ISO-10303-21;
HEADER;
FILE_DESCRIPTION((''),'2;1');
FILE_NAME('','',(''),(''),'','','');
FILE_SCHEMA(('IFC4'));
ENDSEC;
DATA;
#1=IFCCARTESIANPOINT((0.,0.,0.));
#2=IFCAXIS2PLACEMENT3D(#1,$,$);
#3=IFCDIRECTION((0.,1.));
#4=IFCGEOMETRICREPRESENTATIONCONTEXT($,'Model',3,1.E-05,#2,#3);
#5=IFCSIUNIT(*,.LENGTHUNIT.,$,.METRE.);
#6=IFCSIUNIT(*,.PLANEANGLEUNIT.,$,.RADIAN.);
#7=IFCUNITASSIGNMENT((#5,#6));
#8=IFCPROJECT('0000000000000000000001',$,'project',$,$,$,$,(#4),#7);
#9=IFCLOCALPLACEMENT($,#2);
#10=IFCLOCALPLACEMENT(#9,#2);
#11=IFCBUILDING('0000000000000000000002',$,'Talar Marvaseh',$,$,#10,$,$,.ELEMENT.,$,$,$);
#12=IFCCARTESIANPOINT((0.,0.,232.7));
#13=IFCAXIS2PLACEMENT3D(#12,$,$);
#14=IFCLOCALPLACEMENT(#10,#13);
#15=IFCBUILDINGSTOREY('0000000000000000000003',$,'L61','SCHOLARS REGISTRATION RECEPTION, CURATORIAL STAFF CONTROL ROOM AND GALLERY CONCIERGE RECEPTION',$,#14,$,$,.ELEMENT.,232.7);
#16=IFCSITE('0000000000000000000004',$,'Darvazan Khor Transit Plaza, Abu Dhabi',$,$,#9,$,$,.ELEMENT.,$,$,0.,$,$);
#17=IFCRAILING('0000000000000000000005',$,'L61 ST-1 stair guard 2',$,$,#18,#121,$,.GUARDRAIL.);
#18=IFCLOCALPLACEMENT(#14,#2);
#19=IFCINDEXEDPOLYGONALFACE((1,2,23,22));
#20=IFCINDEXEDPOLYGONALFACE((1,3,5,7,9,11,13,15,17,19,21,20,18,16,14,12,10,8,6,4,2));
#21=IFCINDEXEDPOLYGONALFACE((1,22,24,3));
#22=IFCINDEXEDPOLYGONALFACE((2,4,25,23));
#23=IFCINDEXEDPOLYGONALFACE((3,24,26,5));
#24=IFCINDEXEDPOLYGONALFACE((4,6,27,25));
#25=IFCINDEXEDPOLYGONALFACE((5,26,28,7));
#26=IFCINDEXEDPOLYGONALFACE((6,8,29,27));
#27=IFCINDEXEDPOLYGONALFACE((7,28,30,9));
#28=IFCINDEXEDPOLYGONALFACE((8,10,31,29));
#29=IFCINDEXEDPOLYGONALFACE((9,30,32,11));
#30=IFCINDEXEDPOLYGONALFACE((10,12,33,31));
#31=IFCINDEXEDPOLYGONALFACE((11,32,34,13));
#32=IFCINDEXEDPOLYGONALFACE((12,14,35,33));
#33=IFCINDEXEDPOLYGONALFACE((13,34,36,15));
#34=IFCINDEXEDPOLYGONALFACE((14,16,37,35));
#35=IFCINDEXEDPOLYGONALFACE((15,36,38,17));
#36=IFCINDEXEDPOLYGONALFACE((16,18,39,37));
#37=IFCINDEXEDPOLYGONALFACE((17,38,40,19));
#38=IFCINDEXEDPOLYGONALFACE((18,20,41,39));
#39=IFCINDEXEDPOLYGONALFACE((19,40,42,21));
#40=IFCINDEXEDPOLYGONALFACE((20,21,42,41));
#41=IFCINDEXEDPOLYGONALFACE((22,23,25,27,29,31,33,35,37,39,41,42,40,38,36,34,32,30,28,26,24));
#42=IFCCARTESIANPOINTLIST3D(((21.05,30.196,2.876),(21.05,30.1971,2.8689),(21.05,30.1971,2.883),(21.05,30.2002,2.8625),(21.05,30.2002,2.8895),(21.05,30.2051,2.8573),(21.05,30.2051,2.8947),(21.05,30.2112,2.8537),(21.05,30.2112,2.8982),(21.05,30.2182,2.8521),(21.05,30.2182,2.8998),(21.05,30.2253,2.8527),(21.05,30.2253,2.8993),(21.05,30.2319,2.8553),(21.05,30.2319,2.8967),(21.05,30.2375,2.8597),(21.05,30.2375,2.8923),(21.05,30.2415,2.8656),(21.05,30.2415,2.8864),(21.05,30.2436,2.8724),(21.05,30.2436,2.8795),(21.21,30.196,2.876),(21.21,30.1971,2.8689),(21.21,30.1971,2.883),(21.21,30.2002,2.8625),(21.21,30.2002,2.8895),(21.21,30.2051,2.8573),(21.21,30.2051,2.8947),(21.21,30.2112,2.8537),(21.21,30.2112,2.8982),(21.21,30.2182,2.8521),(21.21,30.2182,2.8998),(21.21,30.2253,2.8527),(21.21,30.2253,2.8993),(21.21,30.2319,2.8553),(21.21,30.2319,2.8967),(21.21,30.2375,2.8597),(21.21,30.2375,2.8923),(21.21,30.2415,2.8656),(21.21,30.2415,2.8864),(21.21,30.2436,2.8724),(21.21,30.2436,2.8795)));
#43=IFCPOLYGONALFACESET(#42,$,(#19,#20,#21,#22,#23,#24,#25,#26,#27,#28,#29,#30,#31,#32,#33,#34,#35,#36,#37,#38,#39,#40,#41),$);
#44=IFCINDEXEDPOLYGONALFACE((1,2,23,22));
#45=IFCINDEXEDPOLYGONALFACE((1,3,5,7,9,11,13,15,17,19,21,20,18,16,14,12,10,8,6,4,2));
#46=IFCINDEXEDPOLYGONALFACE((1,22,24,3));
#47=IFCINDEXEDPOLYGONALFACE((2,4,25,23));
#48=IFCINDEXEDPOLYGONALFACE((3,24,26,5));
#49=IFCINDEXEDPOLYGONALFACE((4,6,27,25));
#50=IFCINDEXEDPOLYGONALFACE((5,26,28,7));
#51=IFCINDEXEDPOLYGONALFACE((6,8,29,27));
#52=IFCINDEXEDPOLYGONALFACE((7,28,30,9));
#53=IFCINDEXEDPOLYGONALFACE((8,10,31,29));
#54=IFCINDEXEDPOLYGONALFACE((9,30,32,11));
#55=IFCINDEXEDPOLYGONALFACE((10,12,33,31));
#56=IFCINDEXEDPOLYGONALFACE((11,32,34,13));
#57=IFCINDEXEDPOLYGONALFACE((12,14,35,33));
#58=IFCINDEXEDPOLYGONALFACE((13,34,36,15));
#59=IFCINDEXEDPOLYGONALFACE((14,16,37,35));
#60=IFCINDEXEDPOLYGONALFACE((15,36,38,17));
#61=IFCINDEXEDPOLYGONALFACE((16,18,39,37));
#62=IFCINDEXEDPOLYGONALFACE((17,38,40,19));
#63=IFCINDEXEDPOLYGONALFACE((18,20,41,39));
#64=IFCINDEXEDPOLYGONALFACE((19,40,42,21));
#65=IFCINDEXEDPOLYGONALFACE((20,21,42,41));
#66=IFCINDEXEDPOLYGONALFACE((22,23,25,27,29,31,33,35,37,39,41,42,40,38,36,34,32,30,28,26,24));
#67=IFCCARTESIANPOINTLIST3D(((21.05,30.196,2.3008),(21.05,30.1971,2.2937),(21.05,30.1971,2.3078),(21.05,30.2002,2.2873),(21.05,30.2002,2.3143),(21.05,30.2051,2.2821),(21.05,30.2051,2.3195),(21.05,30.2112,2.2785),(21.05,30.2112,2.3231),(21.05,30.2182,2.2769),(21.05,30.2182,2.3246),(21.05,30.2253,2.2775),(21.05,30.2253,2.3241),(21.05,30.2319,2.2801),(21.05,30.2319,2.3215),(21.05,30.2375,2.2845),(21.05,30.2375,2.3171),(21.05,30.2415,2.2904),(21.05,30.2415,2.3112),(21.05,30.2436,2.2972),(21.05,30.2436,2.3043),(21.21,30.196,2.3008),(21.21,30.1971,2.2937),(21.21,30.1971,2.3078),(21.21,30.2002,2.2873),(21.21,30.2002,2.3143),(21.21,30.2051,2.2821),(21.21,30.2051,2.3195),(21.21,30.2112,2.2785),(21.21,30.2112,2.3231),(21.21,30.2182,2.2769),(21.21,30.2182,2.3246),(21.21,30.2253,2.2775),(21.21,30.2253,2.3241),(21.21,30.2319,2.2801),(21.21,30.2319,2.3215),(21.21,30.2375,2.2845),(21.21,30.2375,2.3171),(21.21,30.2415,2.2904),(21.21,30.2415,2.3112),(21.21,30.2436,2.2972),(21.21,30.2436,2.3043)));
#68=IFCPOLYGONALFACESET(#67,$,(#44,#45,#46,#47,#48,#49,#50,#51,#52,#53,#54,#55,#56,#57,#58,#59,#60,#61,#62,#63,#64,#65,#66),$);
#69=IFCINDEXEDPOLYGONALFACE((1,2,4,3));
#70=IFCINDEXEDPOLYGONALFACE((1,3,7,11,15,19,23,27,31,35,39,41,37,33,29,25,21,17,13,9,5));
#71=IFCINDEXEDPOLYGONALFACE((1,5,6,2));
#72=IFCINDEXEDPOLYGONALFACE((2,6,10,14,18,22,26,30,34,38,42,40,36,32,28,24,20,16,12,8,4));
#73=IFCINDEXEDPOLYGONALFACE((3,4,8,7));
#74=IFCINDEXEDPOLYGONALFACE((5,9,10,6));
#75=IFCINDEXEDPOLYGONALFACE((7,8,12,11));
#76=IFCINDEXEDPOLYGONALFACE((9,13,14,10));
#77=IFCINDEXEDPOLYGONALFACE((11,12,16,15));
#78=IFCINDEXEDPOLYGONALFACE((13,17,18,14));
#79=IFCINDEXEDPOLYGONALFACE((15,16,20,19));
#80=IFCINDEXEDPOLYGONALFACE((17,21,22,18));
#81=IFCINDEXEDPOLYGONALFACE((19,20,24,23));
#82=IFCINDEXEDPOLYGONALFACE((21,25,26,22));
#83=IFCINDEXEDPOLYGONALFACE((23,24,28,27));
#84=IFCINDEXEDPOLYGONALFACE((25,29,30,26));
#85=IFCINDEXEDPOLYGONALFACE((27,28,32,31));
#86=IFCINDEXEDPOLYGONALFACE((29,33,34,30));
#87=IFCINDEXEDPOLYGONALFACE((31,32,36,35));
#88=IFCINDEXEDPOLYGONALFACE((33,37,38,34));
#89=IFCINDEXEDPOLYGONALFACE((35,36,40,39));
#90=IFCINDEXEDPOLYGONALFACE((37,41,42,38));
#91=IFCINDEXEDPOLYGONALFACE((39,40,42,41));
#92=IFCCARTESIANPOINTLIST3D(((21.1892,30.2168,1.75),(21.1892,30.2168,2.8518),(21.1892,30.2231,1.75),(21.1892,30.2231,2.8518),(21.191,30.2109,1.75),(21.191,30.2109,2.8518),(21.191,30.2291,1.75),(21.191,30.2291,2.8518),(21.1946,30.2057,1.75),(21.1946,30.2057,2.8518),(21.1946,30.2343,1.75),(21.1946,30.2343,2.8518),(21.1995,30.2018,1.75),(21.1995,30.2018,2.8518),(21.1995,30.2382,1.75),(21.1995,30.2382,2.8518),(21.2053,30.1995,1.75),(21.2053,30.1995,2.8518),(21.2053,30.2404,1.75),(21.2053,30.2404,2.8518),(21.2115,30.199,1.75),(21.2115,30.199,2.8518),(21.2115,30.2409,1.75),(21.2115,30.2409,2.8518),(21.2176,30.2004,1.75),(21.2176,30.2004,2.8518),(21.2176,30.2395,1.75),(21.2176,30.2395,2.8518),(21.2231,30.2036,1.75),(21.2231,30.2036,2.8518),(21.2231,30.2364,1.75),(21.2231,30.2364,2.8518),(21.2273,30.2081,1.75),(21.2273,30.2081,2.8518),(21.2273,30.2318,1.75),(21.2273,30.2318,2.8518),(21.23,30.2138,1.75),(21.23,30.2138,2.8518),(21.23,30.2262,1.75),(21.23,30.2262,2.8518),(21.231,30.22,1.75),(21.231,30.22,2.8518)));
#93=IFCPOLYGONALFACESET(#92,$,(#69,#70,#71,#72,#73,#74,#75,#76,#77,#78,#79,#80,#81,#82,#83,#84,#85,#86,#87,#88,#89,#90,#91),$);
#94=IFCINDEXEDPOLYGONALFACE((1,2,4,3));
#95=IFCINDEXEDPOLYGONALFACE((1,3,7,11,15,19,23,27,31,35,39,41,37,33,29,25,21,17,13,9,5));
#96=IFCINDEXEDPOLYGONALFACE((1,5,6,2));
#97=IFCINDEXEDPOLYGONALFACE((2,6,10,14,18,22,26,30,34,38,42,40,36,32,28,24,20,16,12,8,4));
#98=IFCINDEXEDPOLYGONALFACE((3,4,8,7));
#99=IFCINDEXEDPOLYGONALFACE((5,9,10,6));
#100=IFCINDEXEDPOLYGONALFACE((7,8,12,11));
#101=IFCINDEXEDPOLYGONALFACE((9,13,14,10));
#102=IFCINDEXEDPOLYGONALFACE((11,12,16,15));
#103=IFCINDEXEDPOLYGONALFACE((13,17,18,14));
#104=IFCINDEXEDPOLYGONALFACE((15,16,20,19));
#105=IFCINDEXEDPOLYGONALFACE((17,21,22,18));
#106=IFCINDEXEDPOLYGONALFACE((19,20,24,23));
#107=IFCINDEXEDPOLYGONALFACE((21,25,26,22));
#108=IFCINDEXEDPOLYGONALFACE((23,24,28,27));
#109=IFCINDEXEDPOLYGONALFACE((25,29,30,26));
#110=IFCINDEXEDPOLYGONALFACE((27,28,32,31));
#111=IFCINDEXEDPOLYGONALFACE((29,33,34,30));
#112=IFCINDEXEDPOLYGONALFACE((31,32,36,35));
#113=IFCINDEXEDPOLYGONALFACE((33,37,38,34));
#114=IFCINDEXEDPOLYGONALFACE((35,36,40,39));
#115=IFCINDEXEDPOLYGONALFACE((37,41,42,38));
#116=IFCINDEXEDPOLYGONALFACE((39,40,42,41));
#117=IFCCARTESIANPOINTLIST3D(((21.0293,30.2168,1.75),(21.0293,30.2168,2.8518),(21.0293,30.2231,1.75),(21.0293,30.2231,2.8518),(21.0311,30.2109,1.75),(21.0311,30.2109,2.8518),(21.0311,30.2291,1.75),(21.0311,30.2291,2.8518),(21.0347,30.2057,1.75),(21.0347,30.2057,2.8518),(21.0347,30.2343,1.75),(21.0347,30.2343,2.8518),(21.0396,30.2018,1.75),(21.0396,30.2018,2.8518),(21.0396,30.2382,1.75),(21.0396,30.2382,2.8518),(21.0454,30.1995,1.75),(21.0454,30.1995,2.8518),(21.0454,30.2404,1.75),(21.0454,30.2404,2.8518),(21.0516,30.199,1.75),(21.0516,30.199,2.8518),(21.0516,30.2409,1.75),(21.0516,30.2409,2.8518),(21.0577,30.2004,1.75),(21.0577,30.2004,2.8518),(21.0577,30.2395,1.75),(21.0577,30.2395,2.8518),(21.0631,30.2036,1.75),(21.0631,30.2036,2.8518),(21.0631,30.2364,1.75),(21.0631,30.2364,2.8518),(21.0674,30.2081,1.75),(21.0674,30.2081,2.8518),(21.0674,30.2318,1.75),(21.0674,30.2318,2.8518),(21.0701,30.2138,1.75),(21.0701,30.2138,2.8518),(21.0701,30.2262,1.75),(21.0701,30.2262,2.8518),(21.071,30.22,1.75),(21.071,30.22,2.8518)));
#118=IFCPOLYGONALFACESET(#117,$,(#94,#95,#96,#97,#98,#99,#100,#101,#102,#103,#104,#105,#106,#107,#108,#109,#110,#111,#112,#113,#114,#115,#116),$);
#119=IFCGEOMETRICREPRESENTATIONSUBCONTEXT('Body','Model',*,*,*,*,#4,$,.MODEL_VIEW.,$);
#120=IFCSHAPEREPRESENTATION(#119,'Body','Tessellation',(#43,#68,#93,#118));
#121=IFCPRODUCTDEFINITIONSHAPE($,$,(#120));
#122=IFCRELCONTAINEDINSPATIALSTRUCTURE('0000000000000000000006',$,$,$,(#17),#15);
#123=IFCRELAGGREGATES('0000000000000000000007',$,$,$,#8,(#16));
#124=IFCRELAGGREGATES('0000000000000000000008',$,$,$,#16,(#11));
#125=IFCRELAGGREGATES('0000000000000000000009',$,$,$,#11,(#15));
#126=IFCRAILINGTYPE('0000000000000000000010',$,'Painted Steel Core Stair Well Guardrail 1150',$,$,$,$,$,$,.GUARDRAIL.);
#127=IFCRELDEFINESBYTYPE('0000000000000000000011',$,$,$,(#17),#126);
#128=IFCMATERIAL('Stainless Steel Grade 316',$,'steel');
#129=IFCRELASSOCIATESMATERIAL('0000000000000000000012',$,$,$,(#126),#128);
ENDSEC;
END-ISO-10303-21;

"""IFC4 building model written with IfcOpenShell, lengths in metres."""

from ifc_helpers import new_model, si_unit, direction, frame, origin, origin_2d, place, context, subcontext, project, spatial, circle, extrude, material, type_object, element, save


model = new_model("IFC4")

# Units and contexts
model_context = context("Model", 3, precision=1e-05, world=origin(), true_north=direction((0.0, 1.0)))
body_context = subcontext(model_context, "Body", "Model", "MODEL_VIEW")
ifc_project = project(units=[si_unit("LENGTHUNIT", "METRE"), si_unit("PLANEANGLEUNIT", "RADIAN")], contexts=[model_context])

# Site, building, storey
site_placement = place(None, origin())
site = spatial("IfcSite", under=ifc_project, at=site_placement, Name="Darvazan Khor Transit Plaza, Abu Dhabi", CompositionType="ELEMENT", RefElevation=0.0)
building_placement = place(site_placement, origin())
building = spatial("IfcBuilding", under=site, at=building_placement, Name="Talar Marvaseh", CompositionType="ELEMENT")
storey_placement = place(building_placement, frame((0.0, 0.0, 232.7)))
storey = spatial("IfcBuildingStorey", under=building, at=storey_placement, Name="L61", Description="SCHOLARS REGISTRATION RECEPTION, CURATORIAL STAFF CONTROL ROOM AND GALLERY CONCIERGE RECEPTION", CompositionType="ELEMENT", Elevation=232.7)

# Railing
ifc_material_1 = material(Name="Stainless Steel Grade 316", Category="steel")
railing_type_1 = type_object("IfcRailingType", Name="Painted Steel Core Stair Well Guardrail 1150", PredefinedType="GUARDRAIL", material=ifc_material_1)
railing_1_placement = place(storey_placement, frame((21.21, 30.22, 1.75)))
element("IfcRailing", 1, at=railing_1_placement, inside=storey, type_object=railing_type_1, Name="L61 ST-1 stair guard 2", PredefinedType="GUARDRAIL", context=body_context, shape_type="SweptSolid", body=[
    extrude(circle(Radius=0.0239, at=origin_2d()), frame((0.0, 0.0, 1.126), z_axis=(-1.0, 0.0, 0.0), x_axis=(0.0, -1.0, 0.0)), (0.0, 0.0, 1.0), 0.1599),
    extrude(circle(Radius=0.0239, at=origin_2d()), frame((0.0, 0.0, 0.5508), z_axis=(-1.0, 0.0, 0.0), x_axis=(0.0, -1.0, 0.0)), (0.0, 0.0, 1.0), 0.1599),
    extrude(circle(Radius=0.021, at=origin_2d()), origin(), (0.0, 0.0, 1.0), 1.1018),
    extrude(circle(Radius=0.021, at=origin_2d()), frame((-0.1599, 0.0, 0.0)), (0.0, 0.0, 1.0), 1.1018),
])

save(model, "model.ifc")
